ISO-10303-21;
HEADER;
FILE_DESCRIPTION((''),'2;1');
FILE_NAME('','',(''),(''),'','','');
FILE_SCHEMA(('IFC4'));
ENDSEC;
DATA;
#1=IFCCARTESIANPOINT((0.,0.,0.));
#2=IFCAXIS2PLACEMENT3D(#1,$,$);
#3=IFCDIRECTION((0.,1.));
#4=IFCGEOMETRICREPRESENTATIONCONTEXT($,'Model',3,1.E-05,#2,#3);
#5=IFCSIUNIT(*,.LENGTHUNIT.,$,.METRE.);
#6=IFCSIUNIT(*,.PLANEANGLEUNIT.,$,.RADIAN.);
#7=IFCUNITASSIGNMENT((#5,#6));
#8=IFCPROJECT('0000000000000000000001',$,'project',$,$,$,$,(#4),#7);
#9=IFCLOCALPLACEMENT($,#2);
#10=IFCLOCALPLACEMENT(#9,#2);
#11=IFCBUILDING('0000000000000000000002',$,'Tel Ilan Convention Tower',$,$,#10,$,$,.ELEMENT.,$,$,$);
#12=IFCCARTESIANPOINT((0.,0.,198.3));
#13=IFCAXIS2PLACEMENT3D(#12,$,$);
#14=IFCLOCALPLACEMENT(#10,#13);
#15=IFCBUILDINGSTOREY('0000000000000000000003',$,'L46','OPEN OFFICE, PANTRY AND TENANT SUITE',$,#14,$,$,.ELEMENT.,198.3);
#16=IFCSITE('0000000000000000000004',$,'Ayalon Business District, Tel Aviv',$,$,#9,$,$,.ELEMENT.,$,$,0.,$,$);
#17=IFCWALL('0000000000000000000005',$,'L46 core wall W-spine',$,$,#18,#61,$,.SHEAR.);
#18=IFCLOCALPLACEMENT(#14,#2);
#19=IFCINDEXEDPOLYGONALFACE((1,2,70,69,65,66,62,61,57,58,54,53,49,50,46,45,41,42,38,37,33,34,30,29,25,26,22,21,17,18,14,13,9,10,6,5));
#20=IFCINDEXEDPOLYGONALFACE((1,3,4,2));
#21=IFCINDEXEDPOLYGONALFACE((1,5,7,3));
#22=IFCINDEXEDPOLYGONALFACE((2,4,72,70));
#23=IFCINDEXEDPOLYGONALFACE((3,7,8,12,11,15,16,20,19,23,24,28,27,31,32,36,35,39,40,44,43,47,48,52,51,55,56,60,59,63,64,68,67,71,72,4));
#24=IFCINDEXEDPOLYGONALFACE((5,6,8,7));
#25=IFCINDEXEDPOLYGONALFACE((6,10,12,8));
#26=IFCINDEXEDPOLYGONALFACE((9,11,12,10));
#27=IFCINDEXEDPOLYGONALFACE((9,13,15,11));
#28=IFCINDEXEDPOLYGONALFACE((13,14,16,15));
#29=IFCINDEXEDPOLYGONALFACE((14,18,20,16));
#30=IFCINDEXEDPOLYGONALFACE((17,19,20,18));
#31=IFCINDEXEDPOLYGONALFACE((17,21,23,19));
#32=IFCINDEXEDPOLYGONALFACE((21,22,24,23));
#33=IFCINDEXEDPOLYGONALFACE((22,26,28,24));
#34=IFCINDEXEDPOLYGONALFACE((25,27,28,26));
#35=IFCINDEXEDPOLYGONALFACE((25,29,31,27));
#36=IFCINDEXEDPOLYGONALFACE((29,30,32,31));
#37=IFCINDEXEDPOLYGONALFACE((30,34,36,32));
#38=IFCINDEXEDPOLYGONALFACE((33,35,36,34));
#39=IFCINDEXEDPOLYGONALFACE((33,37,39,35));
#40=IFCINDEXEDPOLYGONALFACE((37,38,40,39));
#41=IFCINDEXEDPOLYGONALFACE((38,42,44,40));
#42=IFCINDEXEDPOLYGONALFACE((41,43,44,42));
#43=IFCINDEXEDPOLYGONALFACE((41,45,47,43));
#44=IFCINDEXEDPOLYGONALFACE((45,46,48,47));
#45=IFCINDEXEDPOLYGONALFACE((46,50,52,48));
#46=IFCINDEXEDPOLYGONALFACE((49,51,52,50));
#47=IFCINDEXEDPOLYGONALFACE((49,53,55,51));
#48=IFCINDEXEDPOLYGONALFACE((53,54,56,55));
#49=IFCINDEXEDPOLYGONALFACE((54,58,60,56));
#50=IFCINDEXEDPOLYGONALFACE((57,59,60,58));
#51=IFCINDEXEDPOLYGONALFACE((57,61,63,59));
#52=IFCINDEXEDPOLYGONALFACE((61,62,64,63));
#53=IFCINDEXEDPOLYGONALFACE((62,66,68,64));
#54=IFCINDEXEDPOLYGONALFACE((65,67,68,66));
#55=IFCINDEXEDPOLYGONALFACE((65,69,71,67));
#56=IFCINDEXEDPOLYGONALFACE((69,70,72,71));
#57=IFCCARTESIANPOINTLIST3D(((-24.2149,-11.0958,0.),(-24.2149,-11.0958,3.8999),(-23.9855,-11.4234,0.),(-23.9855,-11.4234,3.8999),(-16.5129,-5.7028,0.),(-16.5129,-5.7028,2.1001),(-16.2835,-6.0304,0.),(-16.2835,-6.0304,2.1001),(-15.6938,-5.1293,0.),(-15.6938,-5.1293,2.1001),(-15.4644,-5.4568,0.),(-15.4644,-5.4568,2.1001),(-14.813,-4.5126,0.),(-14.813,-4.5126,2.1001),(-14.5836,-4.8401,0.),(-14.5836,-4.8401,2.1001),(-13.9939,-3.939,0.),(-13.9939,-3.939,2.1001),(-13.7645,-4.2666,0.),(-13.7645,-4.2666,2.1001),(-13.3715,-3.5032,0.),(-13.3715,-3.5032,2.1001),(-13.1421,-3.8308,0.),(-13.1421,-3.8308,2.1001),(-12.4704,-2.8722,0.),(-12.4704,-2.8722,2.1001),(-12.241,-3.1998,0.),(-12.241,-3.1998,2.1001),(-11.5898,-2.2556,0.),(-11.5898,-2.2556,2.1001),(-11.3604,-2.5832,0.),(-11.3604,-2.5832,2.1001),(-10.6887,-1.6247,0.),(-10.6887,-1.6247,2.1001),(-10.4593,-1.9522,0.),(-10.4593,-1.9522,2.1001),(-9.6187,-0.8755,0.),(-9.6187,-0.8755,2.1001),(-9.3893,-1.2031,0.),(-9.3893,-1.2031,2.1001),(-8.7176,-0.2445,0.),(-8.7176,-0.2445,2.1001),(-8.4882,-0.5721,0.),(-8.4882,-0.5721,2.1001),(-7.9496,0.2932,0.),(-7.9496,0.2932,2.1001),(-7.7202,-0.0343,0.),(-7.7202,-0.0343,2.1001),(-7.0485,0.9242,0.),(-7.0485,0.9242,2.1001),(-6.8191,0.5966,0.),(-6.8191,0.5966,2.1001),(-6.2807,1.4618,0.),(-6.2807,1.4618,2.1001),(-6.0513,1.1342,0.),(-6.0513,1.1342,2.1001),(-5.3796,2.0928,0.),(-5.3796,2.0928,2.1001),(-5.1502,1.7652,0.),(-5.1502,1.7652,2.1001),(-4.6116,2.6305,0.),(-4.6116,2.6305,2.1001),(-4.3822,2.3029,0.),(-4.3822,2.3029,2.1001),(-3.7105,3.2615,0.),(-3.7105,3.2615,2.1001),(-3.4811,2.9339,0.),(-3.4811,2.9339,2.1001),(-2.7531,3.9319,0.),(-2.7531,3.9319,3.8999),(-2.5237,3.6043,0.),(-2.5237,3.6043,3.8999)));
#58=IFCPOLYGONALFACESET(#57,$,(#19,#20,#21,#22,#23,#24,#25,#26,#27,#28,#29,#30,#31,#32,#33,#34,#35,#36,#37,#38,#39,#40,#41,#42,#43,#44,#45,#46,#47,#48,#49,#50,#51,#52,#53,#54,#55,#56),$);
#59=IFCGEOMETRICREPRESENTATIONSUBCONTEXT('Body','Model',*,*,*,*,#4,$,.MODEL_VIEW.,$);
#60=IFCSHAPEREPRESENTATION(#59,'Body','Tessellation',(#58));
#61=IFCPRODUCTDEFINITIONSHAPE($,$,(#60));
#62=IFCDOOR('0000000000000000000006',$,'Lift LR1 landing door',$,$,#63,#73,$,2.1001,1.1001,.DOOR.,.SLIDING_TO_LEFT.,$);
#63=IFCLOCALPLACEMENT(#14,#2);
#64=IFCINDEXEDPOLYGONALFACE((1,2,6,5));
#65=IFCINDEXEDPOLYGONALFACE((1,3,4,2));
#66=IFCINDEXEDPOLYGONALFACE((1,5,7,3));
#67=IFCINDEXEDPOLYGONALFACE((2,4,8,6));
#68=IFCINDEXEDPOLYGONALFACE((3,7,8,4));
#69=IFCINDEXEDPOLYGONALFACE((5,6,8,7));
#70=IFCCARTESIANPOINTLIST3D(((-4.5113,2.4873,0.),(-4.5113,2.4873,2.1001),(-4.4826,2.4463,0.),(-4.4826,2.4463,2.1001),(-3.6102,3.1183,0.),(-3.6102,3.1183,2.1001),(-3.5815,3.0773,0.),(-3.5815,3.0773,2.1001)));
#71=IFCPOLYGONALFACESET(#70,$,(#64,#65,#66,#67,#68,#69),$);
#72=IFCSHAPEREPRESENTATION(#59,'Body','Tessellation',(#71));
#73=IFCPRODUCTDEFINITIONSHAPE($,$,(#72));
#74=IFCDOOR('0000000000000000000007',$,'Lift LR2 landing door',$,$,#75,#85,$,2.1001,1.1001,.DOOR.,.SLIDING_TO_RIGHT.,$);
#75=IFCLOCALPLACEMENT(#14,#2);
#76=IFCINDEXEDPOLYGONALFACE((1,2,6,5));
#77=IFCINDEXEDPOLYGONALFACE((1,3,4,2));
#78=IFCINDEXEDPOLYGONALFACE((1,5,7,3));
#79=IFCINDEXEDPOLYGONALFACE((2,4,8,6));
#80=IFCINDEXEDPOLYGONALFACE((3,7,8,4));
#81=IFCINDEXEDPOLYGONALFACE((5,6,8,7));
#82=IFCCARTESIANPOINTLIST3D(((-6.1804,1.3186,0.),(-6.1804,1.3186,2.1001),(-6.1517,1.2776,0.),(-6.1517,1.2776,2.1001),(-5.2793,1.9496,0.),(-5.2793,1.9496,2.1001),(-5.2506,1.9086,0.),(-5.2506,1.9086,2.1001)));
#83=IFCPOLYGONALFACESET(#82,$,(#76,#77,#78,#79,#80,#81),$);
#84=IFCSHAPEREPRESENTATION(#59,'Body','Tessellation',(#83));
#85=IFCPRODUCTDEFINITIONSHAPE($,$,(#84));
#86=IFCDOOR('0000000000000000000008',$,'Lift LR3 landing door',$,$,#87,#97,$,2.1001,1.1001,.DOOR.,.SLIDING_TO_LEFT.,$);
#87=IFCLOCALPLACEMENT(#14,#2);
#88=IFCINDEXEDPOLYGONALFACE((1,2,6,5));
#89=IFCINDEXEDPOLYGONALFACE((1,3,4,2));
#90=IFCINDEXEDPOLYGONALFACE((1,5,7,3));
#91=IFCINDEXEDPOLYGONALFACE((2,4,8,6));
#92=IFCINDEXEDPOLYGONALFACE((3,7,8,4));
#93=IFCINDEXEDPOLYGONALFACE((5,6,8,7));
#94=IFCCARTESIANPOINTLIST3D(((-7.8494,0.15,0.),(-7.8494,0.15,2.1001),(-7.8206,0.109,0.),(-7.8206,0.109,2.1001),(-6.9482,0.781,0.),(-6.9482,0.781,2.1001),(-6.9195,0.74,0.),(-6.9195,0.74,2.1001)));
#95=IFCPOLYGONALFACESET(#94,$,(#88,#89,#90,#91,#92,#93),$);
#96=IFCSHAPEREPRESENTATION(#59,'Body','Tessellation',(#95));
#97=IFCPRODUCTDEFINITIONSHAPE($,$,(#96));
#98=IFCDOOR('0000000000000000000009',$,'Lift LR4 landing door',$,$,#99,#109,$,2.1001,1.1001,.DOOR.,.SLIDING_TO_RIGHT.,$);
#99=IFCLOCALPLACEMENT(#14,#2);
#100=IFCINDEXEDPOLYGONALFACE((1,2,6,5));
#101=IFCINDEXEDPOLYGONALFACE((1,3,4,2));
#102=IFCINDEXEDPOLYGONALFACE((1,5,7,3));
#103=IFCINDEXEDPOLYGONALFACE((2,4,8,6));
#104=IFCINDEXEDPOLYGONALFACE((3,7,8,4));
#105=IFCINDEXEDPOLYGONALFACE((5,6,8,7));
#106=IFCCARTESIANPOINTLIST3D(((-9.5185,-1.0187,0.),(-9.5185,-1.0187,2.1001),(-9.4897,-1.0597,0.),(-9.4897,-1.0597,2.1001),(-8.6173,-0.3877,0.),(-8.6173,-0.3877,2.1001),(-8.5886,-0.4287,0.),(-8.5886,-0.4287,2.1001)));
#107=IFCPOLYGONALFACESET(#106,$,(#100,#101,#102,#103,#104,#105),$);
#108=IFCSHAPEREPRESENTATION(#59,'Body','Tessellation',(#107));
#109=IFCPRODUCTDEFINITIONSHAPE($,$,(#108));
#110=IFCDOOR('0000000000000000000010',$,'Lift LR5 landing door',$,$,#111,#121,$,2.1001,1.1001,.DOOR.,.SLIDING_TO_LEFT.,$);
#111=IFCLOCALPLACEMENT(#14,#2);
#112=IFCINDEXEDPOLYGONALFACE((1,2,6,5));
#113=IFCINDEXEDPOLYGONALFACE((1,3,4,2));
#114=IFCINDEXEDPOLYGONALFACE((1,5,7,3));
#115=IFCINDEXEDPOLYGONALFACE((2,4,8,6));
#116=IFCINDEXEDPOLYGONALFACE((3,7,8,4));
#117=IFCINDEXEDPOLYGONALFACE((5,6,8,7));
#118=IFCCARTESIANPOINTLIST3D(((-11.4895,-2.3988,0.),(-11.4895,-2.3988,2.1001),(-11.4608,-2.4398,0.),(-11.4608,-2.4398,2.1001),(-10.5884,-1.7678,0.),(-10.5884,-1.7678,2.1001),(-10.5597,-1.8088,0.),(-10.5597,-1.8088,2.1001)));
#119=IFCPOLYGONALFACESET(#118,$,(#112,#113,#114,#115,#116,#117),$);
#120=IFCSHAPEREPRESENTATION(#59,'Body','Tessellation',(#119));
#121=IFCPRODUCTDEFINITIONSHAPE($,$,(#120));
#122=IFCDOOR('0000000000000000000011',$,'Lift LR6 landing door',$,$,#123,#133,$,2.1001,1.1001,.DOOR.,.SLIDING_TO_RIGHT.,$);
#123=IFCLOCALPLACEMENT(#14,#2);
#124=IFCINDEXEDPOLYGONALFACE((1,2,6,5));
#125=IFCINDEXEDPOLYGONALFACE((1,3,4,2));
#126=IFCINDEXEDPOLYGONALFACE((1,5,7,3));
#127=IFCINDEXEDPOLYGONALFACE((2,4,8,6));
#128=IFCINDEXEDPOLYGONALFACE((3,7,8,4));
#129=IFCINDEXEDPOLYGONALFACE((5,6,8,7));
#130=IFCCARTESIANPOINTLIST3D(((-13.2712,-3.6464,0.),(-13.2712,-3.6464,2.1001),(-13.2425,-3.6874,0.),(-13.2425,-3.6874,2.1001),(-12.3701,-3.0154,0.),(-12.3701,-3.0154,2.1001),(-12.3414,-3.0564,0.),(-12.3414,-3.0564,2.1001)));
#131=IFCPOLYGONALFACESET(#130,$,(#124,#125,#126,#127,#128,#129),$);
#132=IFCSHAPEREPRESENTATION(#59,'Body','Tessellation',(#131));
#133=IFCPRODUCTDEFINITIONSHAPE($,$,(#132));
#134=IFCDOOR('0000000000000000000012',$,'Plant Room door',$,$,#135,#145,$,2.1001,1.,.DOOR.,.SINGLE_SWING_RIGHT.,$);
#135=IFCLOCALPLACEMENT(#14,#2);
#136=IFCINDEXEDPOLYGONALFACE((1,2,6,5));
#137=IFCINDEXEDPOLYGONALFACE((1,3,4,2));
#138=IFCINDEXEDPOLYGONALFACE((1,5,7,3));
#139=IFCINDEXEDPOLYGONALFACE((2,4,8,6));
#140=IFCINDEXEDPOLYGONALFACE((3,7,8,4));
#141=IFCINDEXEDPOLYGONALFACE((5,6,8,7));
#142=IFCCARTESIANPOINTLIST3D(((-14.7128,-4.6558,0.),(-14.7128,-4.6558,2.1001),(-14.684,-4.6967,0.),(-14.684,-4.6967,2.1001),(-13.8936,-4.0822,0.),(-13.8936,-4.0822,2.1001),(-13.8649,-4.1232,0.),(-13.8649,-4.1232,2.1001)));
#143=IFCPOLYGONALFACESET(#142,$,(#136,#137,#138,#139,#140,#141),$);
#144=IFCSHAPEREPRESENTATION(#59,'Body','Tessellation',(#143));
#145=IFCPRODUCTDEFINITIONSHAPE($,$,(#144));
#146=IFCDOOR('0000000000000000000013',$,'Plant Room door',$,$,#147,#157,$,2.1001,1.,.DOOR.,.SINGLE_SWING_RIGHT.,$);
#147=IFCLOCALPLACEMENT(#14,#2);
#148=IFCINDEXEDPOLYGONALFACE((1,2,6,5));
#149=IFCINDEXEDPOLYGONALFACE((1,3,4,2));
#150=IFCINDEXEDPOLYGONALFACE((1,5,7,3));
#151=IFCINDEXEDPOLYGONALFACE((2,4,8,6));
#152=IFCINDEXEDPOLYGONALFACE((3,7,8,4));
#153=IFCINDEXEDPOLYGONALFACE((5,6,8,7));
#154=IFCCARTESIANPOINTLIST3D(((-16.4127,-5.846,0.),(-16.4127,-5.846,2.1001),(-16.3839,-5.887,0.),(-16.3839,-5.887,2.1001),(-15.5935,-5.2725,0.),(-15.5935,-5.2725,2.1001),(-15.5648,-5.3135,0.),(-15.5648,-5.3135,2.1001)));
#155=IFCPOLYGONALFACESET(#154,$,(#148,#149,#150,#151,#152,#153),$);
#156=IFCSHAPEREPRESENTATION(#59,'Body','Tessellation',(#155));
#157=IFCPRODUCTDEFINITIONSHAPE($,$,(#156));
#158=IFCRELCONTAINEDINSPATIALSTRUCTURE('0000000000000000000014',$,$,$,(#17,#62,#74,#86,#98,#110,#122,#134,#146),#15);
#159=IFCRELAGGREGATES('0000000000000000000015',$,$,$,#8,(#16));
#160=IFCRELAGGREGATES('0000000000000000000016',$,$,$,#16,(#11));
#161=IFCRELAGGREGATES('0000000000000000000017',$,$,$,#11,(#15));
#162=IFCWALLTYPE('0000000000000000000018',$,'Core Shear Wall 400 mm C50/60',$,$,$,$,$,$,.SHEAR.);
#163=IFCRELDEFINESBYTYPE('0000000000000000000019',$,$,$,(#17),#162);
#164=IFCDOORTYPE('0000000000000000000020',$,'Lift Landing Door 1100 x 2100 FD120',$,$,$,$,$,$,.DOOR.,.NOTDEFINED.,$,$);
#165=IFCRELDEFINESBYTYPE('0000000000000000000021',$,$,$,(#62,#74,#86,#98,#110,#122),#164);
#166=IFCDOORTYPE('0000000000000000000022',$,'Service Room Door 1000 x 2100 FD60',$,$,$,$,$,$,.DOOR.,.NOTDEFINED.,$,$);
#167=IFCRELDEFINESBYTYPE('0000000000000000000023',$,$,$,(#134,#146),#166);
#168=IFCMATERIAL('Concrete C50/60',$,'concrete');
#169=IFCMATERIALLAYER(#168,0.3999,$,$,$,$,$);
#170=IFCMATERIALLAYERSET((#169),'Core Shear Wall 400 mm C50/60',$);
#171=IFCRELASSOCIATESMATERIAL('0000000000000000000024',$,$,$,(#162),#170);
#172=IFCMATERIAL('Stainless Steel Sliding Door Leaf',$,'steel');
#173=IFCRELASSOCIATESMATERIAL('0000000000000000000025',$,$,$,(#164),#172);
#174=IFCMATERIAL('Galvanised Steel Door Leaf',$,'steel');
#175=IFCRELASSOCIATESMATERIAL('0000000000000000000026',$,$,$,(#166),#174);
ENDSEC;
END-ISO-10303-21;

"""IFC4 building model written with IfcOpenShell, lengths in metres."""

from ifc_helpers import new_model, si_unit, direction, frame, frame_2d, origin, place, context, subcontext, project, spatial, polyline, rectangle, outline, extrude, material, layer, layer_set, type_object, element, fill, save


model = new_model("IFC4")

# Units and contexts
model_context = context("Model", 3, precision=1e-05, world=origin(), true_north=direction((0.0, 1.0)))
body_context = subcontext(model_context, "Body", "Model", "MODEL_VIEW")
ifc_project = project(units=[si_unit("LENGTHUNIT", "METRE"), si_unit("PLANEANGLEUNIT", "RADIAN")], contexts=[model_context])

# Site, building, storey
site_placement = place(None, origin())
site = spatial("IfcSite", under=ifc_project, at=site_placement, Name="Ayalon Business District, Tel Aviv", CompositionType="ELEMENT", RefElevation=0.0)
building_placement = place(site_placement, origin())
building = spatial("IfcBuilding", under=site, at=building_placement, Name="Tel Ilan Convention Tower", CompositionType="ELEMENT")
storey_placement = place(building_placement, frame((0.0, 0.0, 198.3)))
storey = spatial("IfcBuildingStorey", under=building, at=storey_placement, Name="L46", Description="OPEN OFFICE, PANTRY AND TENANT SUITE", CompositionType="ELEMENT", Elevation=198.3)

# Wall, openings, doors
ifc_material_1 = material(Name="Concrete C50/60", Category="concrete")
ifc_layer_1 = layer(ifc_material_1, 0.3999)
ifc_layer_set_1 = layer_set([ifc_layer_1], Name="Core Shear Wall 400 mm C50/60")
wall_type_1 = type_object("IfcWallType", Name="Core Shear Wall 400 mm C50/60", PredefinedType="SHEAR", material=ifc_layer_set_1)
wall_1_placement = place(storey_placement, frame((-2.6384, 3.7681, 0.0), z_axis=(0.0, 0.0, 1.0), x_axis=(-0.819153, -0.573576, 0.0)))
wall_1 = element("IfcWall", 1, at=wall_1_placement, inside=storey, type_object=wall_type_1, Name="L46 core wall W-spine", PredefinedType="SHEAR", context=body_context, shape_type="SweptSolid", body=[
    extrude(outline(polyline([(26.2, 0.2), (0.0, 0.2), (0.0, -0.2), (26.2, -0.2), (26.2, 0.2)])), origin(), (0.0, 0.0, 1.0), 3.8999),
])
opening_1_placement = place(wall_1_placement, frame((1.1687, 0.0, 0.0)))
opening_1 = element("IfcOpeningElement", 2, at=opening_1_placement, cuts=wall_1, PredefinedType="OPENING", context=body_context, shape_type="SweptSolid", body=[
    extrude(rectangle(XDim=1.1001, YDim=2.1001, at=frame_2d((0.55, 1.05))), frame((0.0, 0.21, 0.0), z_axis=(0.0, -1.0, 0.0), x_axis=(1.0, 0.0, 0.0)), (0.0, 0.0, 1.0), 0.4199),
])
opening_2_placement = place(wall_1_placement, frame((3.2063, 0.0, 0.0)))
opening_2 = element("IfcOpeningElement", 3, at=opening_2_placement, cuts=wall_1, PredefinedType="OPENING", context=body_context, shape_type="SweptSolid", body=[
    extrude(rectangle(XDim=1.1001, YDim=2.1001, at=frame_2d((0.55, 1.05))), frame((0.0, 0.21, 0.0), z_axis=(0.0, -1.0, 0.0), x_axis=(1.0, 0.0, 0.0)), (0.0, 0.0, 1.0), 0.4199),
])
opening_3_placement = place(wall_1_placement, frame((5.2437, 0.0, 0.0)))
opening_3 = element("IfcOpeningElement", 4, at=opening_3_placement, cuts=wall_1, PredefinedType="OPENING", context=body_context, shape_type="SweptSolid", body=[
    extrude(rectangle(XDim=1.1001, YDim=2.1001, at=frame_2d((0.55, 1.05))), frame((0.0, 0.21, 0.0), z_axis=(0.0, -1.0, 0.0), x_axis=(1.0, 0.0, 0.0)), (0.0, 0.0, 1.0), 0.4199),
])
opening_4_placement = place(wall_1_placement, frame((7.2812, 0.0, 0.0)))
opening_4 = element("IfcOpeningElement", 5, at=opening_4_placement, cuts=wall_1, PredefinedType="OPENING", context=body_context, shape_type="SweptSolid", body=[
    extrude(rectangle(XDim=1.1001, YDim=2.1001, at=frame_2d((0.55, 1.05))), frame((0.0, 0.21, 0.0), z_axis=(0.0, -1.0, 0.0), x_axis=(1.0, 0.0, 0.0)), (0.0, 0.0, 1.0), 0.4199),
])
opening_5_placement = place(wall_1_placement, frame((9.6875, 0.0, 0.0)))
opening_5 = element("IfcOpeningElement", 6, at=opening_5_placement, cuts=wall_1, PredefinedType="OPENING", context=body_context, shape_type="SweptSolid", body=[
    extrude(rectangle(XDim=1.1001, YDim=2.1001, at=frame_2d((0.55, 1.05))), frame((0.0, 0.21, 0.0), z_axis=(0.0, -1.0, 0.0), x_axis=(1.0, 0.0, 0.0)), (0.0, 0.0, 1.0), 0.4199),
])
opening_6_placement = place(wall_1_placement, frame((11.8625, 0.0, 0.0)))
opening_6 = element("IfcOpeningElement", 7, at=opening_6_placement, cuts=wall_1, PredefinedType="OPENING", context=body_context, shape_type="SweptSolid", body=[
    extrude(rectangle(XDim=1.1001, YDim=2.1001, at=frame_2d((0.55, 1.05))), frame((0.0, 0.21, 0.0), z_axis=(0.0, -1.0, 0.0), x_axis=(1.0, 0.0, 0.0)), (0.0, 0.0, 1.0), 0.4199),
])
opening_7_placement = place(wall_1_placement, frame((13.7224, 0.0, 0.0)))
opening_7 = element("IfcOpeningElement", 8, at=opening_7_placement, cuts=wall_1, PredefinedType="OPENING", context=body_context, shape_type="SweptSolid", body=[
    extrude(rectangle(XDim=1.0, YDim=2.1001, at=frame_2d((0.5, 1.05))), frame((0.0, 0.21, 0.0), z_axis=(0.0, -1.0, 0.0), x_axis=(1.0, 0.0, 0.0)), (0.0, 0.0, 1.0), 0.4199),
])
opening_8_placement = place(wall_1_placement, frame((15.7976, 0.0, 0.0)))
opening_8 = element("IfcOpeningElement", 9, at=opening_8_placement, cuts=wall_1, PredefinedType="OPENING", context=body_context, shape_type="SweptSolid", body=[
    extrude(rectangle(XDim=1.0, YDim=2.1001, at=frame_2d((0.5, 1.05))), frame((0.0, 0.21, 0.0), z_axis=(0.0, -1.0, 0.0), x_axis=(1.0, 0.0, 0.0)), (0.0, 0.0, 1.0), 0.4199),
])
ifc_material_2 = material(Name="Stainless Steel Sliding Door Leaf", Category="steel")
door_type_1 = type_object("IfcDoorType", Name="Lift Landing Door 1100 x 2100 FD120", OperationType="NOTDEFINED", PredefinedType="DOOR", material=ifc_material_2)
door_1_placement = place(opening_1_placement, origin())
door_1 = element("IfcDoor", 10, at=door_1_placement, inside=storey, type_object=door_type_1, Name="Lift LR1 landing door", OperationType="SLIDING_TO_LEFT", OverallHeight=2.1001, OverallWidth=1.1001, PredefinedType="DOOR", context=body_context, shape_type="SweptSolid", body=[
    extrude(rectangle(XDim=1.1001, YDim=2.1001, at=frame_2d((0.55, 1.05))), frame((0.0, 0.0249, 0.0), z_axis=(0.0, -1.0, 0.0), x_axis=(1.0, 0.0, 0.0)), (0.0, 0.0, 1.0), 0.05),
])
fill(opening_1, door_1)
door_2_placement = place(opening_2_placement, origin())
door_2 = element("IfcDoor", 11, at=door_2_placement, inside=storey, type_object=door_type_1, Name="Lift LR2 landing door", OperationType="SLIDING_TO_RIGHT", OverallHeight=2.1001, OverallWidth=1.1001, PredefinedType="DOOR", context=body_context, shape_type="SweptSolid", body=[
    extrude(rectangle(XDim=1.1001, YDim=2.1001, at=frame_2d((0.55, 1.05))), frame((0.0, 0.0249, 0.0), z_axis=(0.0, -1.0, 0.0), x_axis=(1.0, 0.0, 0.0)), (0.0, 0.0, 1.0), 0.05),
])
fill(opening_2, door_2)
door_3_placement = place(opening_3_placement, origin())
door_3 = element("IfcDoor", 12, at=door_3_placement, inside=storey, type_object=door_type_1, Name="Lift LR3 landing door", OperationType="SLIDING_TO_LEFT", OverallHeight=2.1001, OverallWidth=1.1001, PredefinedType="DOOR", context=body_context, shape_type="SweptSolid", body=[
    extrude(rectangle(XDim=1.1001, YDim=2.1001, at=frame_2d((0.55, 1.05))), frame((0.0, 0.0249, 0.0), z_axis=(0.0, -1.0, 0.0), x_axis=(1.0, 0.0, 0.0)), (0.0, 0.0, 1.0), 0.05),
])
fill(opening_3, door_3)
door_4_placement = place(opening_4_placement, origin())
door_4 = element("IfcDoor", 13, at=door_4_placement, inside=storey, type_object=door_type_1, Name="Lift LR4 landing door", OperationType="SLIDING_TO_RIGHT", OverallHeight=2.1001, OverallWidth=1.1001, PredefinedType="DOOR", context=body_context, shape_type="SweptSolid", body=[
    extrude(rectangle(XDim=1.1001, YDim=2.1001, at=frame_2d((0.55, 1.05))), frame((0.0, 0.0249, 0.0), z_axis=(0.0, -1.0, 0.0), x_axis=(1.0, 0.0, 0.0)), (0.0, 0.0, 1.0), 0.05),
])
fill(opening_4, door_4)
door_5_placement = place(opening_5_placement, origin())
door_5 = element("IfcDoor", 14, at=door_5_placement, inside=storey, type_object=door_type_1, Name="Lift LR5 landing door", OperationType="SLIDING_TO_LEFT", OverallHeight=2.1001, OverallWidth=1.1001, PredefinedType="DOOR", context=body_context, shape_type="SweptSolid", body=[
    extrude(rectangle(XDim=1.1001, YDim=2.1001, at=frame_2d((0.55, 1.05))), frame((0.0, 0.0249, 0.0), z_axis=(0.0, -1.0, 0.0), x_axis=(1.0, 0.0, 0.0)), (0.0, 0.0, 1.0), 0.05),
])
fill(opening_5, door_5)
door_6_placement = place(opening_6_placement, origin())
door_6 = element("IfcDoor", 15, at=door_6_placement, inside=storey, type_object=door_type_1, Name="Lift LR6 landing door", OperationType="SLIDING_TO_RIGHT", OverallHeight=2.1001, OverallWidth=1.1001, PredefinedType="DOOR", context=body_context, shape_type="SweptSolid", body=[
    extrude(rectangle(XDim=1.1001, YDim=2.1001, at=frame_2d((0.55, 1.05))), frame((0.0, 0.0249, 0.0), z_axis=(0.0, -1.0, 0.0), x_axis=(1.0, 0.0, 0.0)), (0.0, 0.0, 1.0), 0.05),
])
fill(opening_6, door_6)
ifc_material_3 = material(Name="Galvanised Steel Door Leaf", Category="steel")
door_type_2 = type_object("IfcDoorType", Name="Service Room Door 1000 x 2100 FD60", OperationType="NOTDEFINED", PredefinedType="DOOR", material=ifc_material_3)
door_7_placement = place(opening_7_placement, origin())
door_7 = element("IfcDoor", 16, at=door_7_placement, inside=storey, type_object=door_type_2, Name="Plant Room door", OperationType="SINGLE_SWING_RIGHT", OverallHeight=2.1001, OverallWidth=1.0, PredefinedType="DOOR", context=body_context, shape_type="SweptSolid", body=[
    extrude(rectangle(XDim=1.0, YDim=2.1001, at=frame_2d((0.5, 1.05))), frame((0.0, 0.0249, 0.0), z_axis=(0.0, -1.0, 0.0), x_axis=(1.0, 0.0, 0.0)), (0.0, 0.0, 1.0), 0.05),
])
fill(opening_7, door_7)
door_8_placement = place(opening_8_placement, origin())
door_8 = element("IfcDoor", 17, at=door_8_placement, inside=storey, type_object=door_type_2, Name="Plant Room door", OperationType="SINGLE_SWING_RIGHT", OverallHeight=2.1001, OverallWidth=1.0, PredefinedType="DOOR", context=body_context, shape_type="SweptSolid", body=[
    extrude(rectangle(XDim=1.0, YDim=2.1001, at=frame_2d((0.5, 1.05))), frame((0.0, 0.0249, 0.0), z_axis=(0.0, -1.0, 0.0), x_axis=(1.0, 0.0, 0.0)), (0.0, 0.0, 1.0), 0.05),
])
fill(opening_8, door_8)

save(model, "model.ifc")
